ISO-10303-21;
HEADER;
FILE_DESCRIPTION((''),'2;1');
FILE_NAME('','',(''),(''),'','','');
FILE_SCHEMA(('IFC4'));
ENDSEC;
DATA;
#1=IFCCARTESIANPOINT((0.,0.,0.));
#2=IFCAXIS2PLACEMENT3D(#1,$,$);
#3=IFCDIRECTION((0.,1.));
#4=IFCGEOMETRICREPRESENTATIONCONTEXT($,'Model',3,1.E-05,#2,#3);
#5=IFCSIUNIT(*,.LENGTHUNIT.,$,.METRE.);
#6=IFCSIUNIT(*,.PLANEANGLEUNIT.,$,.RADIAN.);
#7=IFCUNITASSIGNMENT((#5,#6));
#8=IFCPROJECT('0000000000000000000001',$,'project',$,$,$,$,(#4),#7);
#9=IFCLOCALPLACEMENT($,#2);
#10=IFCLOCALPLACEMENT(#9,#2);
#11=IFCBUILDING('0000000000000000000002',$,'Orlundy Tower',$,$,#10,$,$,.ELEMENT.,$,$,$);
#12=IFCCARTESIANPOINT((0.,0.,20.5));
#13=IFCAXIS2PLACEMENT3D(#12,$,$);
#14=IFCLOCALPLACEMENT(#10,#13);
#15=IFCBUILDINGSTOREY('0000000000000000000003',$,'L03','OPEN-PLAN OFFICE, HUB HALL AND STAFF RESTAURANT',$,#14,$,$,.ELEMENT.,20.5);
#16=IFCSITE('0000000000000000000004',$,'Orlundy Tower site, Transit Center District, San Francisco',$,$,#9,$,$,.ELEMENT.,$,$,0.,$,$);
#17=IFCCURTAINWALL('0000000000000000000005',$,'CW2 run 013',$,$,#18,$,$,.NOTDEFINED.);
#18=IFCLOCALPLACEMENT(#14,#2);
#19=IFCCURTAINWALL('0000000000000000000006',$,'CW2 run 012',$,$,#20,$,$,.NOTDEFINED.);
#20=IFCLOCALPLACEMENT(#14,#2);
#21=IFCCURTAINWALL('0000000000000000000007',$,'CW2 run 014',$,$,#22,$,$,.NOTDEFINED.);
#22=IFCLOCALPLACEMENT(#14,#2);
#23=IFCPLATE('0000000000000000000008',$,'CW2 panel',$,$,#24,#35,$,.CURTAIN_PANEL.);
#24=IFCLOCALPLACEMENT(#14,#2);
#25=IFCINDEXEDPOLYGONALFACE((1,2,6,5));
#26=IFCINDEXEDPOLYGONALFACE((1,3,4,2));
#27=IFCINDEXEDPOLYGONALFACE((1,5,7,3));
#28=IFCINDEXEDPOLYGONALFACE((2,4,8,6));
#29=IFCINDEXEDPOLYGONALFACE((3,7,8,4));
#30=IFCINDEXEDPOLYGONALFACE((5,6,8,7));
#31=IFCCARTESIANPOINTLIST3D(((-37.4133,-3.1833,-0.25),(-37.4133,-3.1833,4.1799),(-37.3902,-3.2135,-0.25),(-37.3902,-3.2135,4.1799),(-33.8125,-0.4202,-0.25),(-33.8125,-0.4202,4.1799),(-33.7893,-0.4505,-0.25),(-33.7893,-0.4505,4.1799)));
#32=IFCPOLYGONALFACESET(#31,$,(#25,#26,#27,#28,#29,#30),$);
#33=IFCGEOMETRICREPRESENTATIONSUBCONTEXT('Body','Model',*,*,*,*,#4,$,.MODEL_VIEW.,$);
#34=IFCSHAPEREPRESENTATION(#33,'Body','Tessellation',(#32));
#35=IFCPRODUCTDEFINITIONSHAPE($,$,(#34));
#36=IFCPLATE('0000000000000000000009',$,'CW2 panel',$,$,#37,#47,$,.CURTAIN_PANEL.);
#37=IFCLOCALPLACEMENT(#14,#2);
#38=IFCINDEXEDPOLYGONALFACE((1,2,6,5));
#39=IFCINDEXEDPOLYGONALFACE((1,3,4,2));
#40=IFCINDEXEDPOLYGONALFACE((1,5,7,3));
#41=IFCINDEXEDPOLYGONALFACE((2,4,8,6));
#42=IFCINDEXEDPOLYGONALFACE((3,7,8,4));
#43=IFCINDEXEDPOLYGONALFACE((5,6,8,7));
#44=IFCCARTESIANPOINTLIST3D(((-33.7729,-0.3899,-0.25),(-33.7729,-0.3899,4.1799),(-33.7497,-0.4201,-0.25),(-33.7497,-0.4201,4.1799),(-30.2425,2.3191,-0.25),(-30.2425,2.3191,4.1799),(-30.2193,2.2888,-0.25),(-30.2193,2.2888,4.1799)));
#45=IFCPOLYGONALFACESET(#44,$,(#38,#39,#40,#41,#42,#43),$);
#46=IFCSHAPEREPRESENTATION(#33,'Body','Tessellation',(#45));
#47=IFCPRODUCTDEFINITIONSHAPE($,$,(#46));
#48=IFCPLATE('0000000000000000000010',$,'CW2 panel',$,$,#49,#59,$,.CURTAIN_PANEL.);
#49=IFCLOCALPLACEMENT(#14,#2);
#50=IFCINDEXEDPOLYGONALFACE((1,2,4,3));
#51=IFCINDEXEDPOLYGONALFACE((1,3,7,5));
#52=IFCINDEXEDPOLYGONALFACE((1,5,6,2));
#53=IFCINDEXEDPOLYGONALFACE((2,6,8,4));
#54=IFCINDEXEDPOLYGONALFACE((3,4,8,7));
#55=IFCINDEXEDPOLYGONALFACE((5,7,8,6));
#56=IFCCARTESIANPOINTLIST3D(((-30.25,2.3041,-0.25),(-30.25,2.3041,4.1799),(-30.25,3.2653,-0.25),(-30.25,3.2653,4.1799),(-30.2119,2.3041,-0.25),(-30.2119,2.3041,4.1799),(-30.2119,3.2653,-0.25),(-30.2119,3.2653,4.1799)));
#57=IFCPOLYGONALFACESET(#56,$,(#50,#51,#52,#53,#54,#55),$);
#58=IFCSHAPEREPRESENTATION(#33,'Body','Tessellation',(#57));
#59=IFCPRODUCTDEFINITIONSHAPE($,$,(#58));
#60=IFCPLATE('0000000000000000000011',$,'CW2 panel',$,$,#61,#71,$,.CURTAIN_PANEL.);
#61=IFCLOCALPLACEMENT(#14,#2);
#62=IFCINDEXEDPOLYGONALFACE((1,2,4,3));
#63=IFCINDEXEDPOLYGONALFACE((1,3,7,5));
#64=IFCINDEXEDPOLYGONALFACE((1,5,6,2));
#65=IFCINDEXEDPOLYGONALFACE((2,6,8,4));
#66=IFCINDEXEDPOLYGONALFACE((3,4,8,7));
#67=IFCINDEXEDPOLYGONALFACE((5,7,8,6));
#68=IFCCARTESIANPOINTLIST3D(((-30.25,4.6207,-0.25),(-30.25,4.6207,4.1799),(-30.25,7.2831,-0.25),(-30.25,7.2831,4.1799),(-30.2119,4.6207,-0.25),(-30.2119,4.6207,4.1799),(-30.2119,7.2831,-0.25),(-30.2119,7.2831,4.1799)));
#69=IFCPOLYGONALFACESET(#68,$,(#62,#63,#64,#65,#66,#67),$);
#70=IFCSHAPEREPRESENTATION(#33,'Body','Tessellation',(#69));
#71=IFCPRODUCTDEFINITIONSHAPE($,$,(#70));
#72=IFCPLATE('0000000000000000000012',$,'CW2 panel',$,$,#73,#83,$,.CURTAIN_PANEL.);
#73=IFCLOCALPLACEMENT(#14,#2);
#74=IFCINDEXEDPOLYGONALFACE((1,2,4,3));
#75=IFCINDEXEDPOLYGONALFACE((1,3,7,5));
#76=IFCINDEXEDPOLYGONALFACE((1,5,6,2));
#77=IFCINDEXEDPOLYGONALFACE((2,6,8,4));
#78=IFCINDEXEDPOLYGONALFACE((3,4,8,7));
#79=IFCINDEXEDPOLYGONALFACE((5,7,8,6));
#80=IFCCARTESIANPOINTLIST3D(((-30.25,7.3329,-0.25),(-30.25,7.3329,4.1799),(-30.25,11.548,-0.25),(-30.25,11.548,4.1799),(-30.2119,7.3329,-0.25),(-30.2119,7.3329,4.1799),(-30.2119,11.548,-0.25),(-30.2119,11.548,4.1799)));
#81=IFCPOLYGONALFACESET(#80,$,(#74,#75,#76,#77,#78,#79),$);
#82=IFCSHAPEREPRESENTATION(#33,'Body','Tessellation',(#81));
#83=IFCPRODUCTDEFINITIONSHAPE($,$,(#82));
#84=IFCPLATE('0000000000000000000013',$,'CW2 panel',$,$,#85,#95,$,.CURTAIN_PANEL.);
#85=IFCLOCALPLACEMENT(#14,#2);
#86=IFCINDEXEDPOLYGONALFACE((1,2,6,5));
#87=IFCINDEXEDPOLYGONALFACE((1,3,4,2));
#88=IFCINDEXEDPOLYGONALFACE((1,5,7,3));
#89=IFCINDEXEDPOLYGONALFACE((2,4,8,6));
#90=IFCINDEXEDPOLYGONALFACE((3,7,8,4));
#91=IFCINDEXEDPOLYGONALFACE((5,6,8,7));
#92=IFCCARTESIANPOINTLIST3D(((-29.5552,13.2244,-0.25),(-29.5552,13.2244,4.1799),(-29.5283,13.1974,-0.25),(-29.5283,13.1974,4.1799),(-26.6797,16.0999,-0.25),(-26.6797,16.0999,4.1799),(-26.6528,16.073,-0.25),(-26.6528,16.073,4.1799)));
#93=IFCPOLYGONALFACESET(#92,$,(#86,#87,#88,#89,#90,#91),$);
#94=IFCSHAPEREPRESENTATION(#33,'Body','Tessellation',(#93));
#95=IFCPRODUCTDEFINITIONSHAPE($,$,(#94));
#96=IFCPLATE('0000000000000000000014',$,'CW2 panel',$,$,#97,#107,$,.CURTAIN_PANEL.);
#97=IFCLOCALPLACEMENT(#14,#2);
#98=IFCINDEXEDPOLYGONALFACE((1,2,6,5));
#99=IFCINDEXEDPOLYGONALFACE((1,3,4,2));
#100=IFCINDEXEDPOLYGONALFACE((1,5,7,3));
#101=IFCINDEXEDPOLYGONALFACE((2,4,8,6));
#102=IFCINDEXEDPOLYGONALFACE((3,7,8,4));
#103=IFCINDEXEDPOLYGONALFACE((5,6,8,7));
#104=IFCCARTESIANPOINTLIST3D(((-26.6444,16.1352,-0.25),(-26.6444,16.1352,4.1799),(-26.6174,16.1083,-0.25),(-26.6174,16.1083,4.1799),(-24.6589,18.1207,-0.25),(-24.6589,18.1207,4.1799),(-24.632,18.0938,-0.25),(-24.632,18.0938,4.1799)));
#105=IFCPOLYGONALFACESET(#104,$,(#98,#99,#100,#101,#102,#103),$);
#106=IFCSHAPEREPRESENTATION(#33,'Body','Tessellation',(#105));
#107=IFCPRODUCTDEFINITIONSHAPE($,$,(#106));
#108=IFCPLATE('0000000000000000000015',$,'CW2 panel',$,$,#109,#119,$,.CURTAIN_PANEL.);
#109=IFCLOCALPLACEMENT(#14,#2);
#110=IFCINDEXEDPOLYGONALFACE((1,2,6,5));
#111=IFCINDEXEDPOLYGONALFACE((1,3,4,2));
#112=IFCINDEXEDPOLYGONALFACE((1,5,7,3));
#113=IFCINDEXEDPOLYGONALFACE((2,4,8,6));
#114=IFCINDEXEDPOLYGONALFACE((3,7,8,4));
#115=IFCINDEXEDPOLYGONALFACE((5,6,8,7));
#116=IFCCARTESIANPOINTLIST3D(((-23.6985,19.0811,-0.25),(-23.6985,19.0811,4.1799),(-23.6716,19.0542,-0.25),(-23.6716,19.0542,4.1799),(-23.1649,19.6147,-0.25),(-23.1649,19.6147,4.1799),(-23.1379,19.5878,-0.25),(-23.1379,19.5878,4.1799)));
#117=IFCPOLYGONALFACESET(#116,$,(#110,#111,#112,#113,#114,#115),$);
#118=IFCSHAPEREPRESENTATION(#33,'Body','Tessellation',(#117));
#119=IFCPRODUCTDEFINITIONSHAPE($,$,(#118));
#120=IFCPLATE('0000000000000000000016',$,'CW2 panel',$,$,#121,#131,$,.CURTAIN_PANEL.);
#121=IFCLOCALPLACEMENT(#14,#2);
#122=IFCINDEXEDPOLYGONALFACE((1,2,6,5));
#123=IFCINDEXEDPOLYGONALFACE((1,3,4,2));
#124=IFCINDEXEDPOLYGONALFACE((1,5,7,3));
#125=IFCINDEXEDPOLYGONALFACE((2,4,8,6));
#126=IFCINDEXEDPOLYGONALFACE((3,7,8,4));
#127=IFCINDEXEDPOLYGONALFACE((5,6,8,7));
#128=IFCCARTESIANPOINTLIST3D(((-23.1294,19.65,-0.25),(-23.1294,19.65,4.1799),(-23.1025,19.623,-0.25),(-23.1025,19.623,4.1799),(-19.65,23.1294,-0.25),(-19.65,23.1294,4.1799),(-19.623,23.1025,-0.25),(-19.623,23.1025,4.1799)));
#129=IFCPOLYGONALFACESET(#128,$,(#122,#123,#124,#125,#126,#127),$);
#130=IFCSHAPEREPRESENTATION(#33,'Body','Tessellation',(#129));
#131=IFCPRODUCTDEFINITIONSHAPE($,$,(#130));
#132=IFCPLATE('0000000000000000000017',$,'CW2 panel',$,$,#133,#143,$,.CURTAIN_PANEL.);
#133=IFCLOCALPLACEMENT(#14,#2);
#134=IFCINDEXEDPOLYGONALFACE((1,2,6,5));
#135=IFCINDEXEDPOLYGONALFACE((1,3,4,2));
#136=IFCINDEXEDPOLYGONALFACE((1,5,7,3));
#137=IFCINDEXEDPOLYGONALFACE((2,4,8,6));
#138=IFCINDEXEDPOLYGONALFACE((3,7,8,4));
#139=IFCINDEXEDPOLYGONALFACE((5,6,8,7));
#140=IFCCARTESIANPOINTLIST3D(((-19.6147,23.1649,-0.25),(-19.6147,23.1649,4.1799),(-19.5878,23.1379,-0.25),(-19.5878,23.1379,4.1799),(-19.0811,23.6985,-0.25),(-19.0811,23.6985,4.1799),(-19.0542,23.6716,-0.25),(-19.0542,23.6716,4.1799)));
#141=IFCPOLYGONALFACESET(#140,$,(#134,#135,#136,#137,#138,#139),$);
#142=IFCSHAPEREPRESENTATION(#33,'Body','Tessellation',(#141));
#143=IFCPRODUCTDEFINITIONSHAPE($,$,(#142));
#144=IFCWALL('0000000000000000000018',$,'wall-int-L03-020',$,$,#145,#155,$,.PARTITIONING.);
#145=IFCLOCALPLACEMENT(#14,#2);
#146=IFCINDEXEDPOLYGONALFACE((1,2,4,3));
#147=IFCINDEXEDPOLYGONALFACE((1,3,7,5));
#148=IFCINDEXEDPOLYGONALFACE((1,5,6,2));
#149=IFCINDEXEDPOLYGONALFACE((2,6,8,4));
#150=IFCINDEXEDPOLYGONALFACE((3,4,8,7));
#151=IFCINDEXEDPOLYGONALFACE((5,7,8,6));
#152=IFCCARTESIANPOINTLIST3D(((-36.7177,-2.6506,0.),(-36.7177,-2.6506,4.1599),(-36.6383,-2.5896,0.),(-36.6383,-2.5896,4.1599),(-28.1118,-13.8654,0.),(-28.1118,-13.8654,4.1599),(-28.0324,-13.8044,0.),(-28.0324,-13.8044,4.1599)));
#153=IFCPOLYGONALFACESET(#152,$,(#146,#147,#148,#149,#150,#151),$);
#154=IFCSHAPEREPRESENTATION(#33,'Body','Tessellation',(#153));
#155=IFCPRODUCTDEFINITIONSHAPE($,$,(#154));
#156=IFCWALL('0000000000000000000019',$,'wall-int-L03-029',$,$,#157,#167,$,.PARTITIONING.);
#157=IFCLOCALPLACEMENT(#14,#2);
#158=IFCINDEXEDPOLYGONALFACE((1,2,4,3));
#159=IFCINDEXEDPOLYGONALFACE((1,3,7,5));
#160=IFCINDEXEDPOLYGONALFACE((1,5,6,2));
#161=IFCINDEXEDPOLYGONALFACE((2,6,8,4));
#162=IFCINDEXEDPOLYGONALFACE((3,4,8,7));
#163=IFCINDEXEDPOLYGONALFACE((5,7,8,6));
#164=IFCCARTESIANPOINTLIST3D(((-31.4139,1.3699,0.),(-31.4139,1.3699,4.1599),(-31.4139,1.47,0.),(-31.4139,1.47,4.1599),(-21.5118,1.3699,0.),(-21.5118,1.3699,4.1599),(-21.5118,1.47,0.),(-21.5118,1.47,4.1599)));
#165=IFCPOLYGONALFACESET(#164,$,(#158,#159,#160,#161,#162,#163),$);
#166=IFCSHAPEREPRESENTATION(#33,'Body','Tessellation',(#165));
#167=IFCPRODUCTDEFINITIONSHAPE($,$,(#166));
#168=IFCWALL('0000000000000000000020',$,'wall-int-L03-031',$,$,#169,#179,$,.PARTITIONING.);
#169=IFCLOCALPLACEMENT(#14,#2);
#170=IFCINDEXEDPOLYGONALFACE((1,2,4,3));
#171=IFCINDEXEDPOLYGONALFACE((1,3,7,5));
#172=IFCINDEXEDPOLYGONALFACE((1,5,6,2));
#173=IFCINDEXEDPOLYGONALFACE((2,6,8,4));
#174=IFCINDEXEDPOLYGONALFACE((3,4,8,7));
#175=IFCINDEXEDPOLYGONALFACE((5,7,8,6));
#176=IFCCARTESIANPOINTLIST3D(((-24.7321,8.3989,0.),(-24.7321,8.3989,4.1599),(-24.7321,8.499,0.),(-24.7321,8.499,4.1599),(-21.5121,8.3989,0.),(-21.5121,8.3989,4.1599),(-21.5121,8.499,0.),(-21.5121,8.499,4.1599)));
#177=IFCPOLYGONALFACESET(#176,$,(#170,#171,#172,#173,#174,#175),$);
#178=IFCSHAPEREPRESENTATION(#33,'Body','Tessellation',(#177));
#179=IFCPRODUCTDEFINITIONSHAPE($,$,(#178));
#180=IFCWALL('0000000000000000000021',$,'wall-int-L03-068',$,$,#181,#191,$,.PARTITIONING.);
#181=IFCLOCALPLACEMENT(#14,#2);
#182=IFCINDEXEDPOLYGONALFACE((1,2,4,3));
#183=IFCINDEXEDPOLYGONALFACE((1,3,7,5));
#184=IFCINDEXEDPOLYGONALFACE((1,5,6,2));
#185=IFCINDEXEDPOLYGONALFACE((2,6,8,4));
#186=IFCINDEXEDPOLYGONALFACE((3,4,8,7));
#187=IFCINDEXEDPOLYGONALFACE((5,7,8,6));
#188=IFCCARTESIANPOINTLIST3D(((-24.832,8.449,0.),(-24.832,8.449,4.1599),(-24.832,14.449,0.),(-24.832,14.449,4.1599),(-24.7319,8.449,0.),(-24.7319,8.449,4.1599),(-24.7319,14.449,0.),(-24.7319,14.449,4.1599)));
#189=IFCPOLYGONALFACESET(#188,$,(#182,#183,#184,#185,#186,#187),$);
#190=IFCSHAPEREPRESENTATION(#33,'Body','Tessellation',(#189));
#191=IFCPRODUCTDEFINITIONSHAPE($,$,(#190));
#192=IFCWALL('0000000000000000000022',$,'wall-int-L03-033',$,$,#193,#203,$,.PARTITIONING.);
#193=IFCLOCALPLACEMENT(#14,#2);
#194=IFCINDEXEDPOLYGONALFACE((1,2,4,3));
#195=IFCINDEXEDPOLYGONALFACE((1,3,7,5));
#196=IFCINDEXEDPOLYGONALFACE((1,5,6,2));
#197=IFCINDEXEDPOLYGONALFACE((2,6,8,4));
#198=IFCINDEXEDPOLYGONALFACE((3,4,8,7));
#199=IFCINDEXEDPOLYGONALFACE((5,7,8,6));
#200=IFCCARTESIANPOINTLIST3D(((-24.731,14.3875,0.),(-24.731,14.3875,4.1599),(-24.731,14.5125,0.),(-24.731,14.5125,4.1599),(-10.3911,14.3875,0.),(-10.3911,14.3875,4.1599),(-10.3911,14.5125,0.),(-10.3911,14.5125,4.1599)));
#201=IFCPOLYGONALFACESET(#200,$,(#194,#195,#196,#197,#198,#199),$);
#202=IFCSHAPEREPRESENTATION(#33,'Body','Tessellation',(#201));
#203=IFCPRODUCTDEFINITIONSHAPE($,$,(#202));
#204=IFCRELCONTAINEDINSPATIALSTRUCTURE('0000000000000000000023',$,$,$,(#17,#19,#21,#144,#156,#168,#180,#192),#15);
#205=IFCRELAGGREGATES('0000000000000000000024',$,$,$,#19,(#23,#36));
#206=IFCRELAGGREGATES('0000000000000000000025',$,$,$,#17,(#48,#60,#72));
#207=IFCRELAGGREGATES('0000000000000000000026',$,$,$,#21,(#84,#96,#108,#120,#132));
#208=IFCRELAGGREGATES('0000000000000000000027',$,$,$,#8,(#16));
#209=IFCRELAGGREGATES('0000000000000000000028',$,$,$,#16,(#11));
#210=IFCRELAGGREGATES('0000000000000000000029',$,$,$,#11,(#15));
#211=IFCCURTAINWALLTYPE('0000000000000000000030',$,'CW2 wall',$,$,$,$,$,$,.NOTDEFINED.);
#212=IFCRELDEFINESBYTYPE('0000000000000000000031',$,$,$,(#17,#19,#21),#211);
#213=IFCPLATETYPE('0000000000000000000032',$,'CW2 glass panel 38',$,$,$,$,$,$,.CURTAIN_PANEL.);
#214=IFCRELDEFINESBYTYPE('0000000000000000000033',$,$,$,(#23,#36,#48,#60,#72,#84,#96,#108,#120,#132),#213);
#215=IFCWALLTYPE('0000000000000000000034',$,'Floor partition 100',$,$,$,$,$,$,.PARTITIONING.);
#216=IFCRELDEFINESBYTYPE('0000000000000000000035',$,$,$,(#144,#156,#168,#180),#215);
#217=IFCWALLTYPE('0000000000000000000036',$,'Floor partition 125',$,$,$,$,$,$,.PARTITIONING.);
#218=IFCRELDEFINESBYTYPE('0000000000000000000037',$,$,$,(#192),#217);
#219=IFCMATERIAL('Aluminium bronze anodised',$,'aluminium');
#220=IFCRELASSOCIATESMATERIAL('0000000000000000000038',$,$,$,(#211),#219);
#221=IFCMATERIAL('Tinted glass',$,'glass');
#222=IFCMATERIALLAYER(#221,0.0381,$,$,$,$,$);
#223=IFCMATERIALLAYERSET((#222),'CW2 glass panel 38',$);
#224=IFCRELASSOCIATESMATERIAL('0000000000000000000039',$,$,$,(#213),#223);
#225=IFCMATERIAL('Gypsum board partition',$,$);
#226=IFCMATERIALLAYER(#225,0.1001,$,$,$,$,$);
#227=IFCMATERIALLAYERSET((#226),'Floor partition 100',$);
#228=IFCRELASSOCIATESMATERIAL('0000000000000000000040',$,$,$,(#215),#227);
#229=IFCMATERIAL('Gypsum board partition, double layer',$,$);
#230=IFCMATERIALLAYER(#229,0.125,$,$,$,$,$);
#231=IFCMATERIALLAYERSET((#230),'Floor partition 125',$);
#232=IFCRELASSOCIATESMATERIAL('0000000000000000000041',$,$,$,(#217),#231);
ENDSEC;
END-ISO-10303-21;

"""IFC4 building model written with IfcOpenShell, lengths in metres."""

from ifc_helpers import new_model, si_unit, direction, frame, frame_2d, origin, origin_2d, place, context, subcontext, project, spatial, rectangle, extrude, material, layer, layer_set, type_object, element, aggregate, save


model = new_model("IFC4")

# Units and contexts
model_context = context("Model", 3, precision=1e-05, world=origin(), true_north=direction((0.0, 1.0)))
body_context = subcontext(model_context, "Body", "Model", "MODEL_VIEW")
ifc_project = project(units=[si_unit("LENGTHUNIT", "METRE"), si_unit("PLANEANGLEUNIT", "RADIAN")], contexts=[model_context])

# Site, building, storey
site_placement = place(None, origin())
site = spatial("IfcSite", under=ifc_project, at=site_placement, Name="Orlundy Tower site, Transit Center District, San Francisco", CompositionType="ELEMENT", RefElevation=0.0)
building_placement = place(site_placement, origin())
building = spatial("IfcBuilding", under=site, at=building_placement, Name="Orlundy Tower", CompositionType="ELEMENT")
storey_placement = place(building_placement, frame((0.0, 0.0, 20.5)))
storey = spatial("IfcBuildingStorey", under=building, at=storey_placement, Name="L03", Description="OPEN-PLAN OFFICE, HUB HALL AND STAFF RESTAURANT", CompositionType="ELEMENT", Elevation=20.5)

# Curtain wall
ifc_material_1 = material(Name="Aluminium bronze anodised", Category="aluminium")
curtain_wall_type = type_object("IfcCurtainWallType", Name="CW2 wall", PredefinedType="NOTDEFINED", material=ifc_material_1)
curtain_wall_1_placement = place(storey_placement, origin())
curtain_wall_1 = element("IfcCurtainWall", 1, at=curtain_wall_1_placement, inside=storey, type_object=curtain_wall_type, Name="CW2 run 013", PredefinedType="NOTDEFINED")

# Curtain wall
curtain_wall_2_placement = place(storey_placement, origin())
curtain_wall_2 = element("IfcCurtainWall", 2, at=curtain_wall_2_placement, inside=storey, type_object=curtain_wall_type, Name="CW2 run 012", PredefinedType="NOTDEFINED")

# Curtain wall
curtain_wall_3_placement = place(storey_placement, origin())
curtain_wall_3 = element("IfcCurtainWall", 3, at=curtain_wall_3_placement, inside=storey, type_object=curtain_wall_type, Name="CW2 run 014", PredefinedType="NOTDEFINED")

# Plates
ifc_material_2 = material(Name="Tinted glass", Category="glass")
ifc_layer_1 = layer(ifc_material_2, 0.0381)
ifc_layer_set_1 = layer_set([ifc_layer_1], Name="CW2 glass panel 38")
plate_type = type_object("IfcPlateType", Name="CW2 glass panel 38", PredefinedType="CURTAIN_PANEL", material=ifc_layer_set_1)
plate_1_placement = place(storey_placement, frame((-35.6013, -1.8169, -0.25), z_axis=(0.0, 0.0, 1.0), x_axis=(0.793348, 0.608768, 0.0)))
plate_1 = element("IfcPlate", 4, at=plate_1_placement, type_object=plate_type, Name="CW2 panel", PredefinedType="CURTAIN_PANEL", context=body_context, shape_type="SweptSolid", body=[
    extrude(rectangle(XDim=4.5388, YDim=0.0381, at=origin_2d()), origin(), (0.0, 0.0, 1.0), 4.4299),
])
plate_2_placement = place(storey_placement, frame((-31.9961, 0.9495, -0.25), z_axis=(0.0, 0.0, 1.0), x_axis=(0.793348, 0.608768, 0.0)))
plate_2 = element("IfcPlate", 5, at=plate_2_placement, type_object=plate_type, Name="CW2 panel", PredefinedType="CURTAIN_PANEL", context=body_context, shape_type="SweptSolid", body=[
    extrude(rectangle(XDim=4.45, YDim=0.0381, at=origin_2d()), origin(), (0.0, 0.0, 1.0), 4.4299),
])
aggregate(curtain_wall_2, [plate_1, plate_2])
plate_3_placement = place(storey_placement, frame((-30.231, 2.7847, -0.25), z_axis=(0.0, 0.0, 1.0), x_axis=(0.0, 1.0, 0.0)))
plate_3 = element("IfcPlate", 6, at=plate_3_placement, type_object=plate_type, Name="CW2 panel", PredefinedType="CURTAIN_PANEL", context=body_context, shape_type="SweptSolid", body=[
    extrude(rectangle(XDim=0.9612, YDim=0.0381, at=origin_2d()), origin(), (0.0, 0.0, 1.0), 4.4299),
])
plate_4_placement = place(storey_placement, frame((-30.231, 5.9519, -0.25), z_axis=(0.0, 0.0, 1.0), x_axis=(0.0, 1.0, 0.0)))
plate_4 = element("IfcPlate", 7, at=plate_4_placement, type_object=plate_type, Name="CW2 panel", PredefinedType="CURTAIN_PANEL", context=body_context, shape_type="SweptSolid", body=[
    extrude(rectangle(XDim=2.6624, YDim=0.0381, at=origin_2d()), origin(), (0.0, 0.0, 1.0), 4.4299),
])
plate_5_placement = place(storey_placement, frame((-30.231, 9.4404, -0.25), z_axis=(0.0, 0.0, 1.0), x_axis=(0.0, 1.0, 0.0)))
plate_5 = element("IfcPlate", 8, at=plate_5_placement, type_object=plate_type, Name="CW2 panel", PredefinedType="CURTAIN_PANEL", context=body_context, shape_type="SweptSolid", body=[
    extrude(rectangle(XDim=4.2151, YDim=0.0381, at=origin_2d()), origin(), (0.0, 0.0, 1.0), 4.4299),
])
aggregate(curtain_wall_1, [plate_3, plate_4, plate_5])
plate_6_placement = place(storey_placement, frame((-28.104, 14.6487, -0.25), z_axis=(0.0, 0.0, 1.0), x_axis=(0.707107, 0.707107, 0.0)))
plate_6 = element("IfcPlate", 9, at=plate_6_placement, type_object=plate_type, Name="CW2 panel", PredefinedType="CURTAIN_PANEL", context=body_context, shape_type="SweptSolid", body=[
    extrude(rectangle(XDim=4.0667, YDim=0.0381, at=origin_2d()), origin(), (0.0, 0.0, 1.0), 4.4299),
])
plate_7_placement = place(storey_placement, frame((-25.6382, 17.1145, -0.25), z_axis=(0.0, 0.0, 1.0), x_axis=(0.707107, 0.707107, 0.0)))
plate_7 = element("IfcPlate", 10, at=plate_7_placement, type_object=plate_type, Name="CW2 panel", PredefinedType="CURTAIN_PANEL", context=body_context, shape_type="SweptSolid", body=[
    extrude(rectangle(XDim=2.8079, YDim=0.0381, at=origin_2d()), origin(), (0.0, 0.0, 1.0), 4.4299),
])
plate_8_placement = place(storey_placement, frame((-23.4182, 19.3345, -0.25), z_axis=(0.0, 0.0, 1.0), x_axis=(0.707107, 0.707107, 0.0)))
plate_8 = element("IfcPlate", 11, at=plate_8_placement, type_object=plate_type, Name="CW2 panel", PredefinedType="CURTAIN_PANEL", context=body_context, shape_type="SweptSolid", body=[
    extrude(rectangle(XDim=0.7546, YDim=0.0381, at=origin_2d()), origin(), (0.0, 0.0, 1.0), 4.4299),
])
plate_9_placement = place(storey_placement, frame((-21.3762, 21.3762, -0.25), z_axis=(0.0, 0.0, 1.0), x_axis=(0.707107, 0.707107, 0.0)))
plate_9 = element("IfcPlate", 12, at=plate_9_placement, type_object=plate_type, Name="CW2 panel", PredefinedType="CURTAIN_PANEL", context=body_context, shape_type="SweptSolid", body=[
    extrude(rectangle(XDim=4.9207, YDim=0.0381, at=origin_2d()), origin(), (0.0, 0.0, 1.0), 4.4299),
])
plate_10_placement = place(storey_placement, frame((-19.3345, 23.4182, -0.25), z_axis=(0.0, 0.0, 1.0), x_axis=(0.707107, 0.707107, 0.0)))
plate_10 = element("IfcPlate", 13, at=plate_10_placement, type_object=plate_type, Name="CW2 panel", PredefinedType="CURTAIN_PANEL", context=body_context, shape_type="SweptSolid", body=[
    extrude(rectangle(XDim=0.7546, YDim=0.0381, at=origin_2d()), origin(), (0.0, 0.0, 1.0), 4.4299),
])
aggregate(curtain_wall_3, [plate_6, plate_7, plate_8, plate_9, plate_10])

# Walls
ifc_material_3 = material(Name="Gypsum board partition")
ifc_layer_2 = layer(ifc_material_3, 0.1001)
ifc_layer_set_2 = layer_set([ifc_layer_2], Name="Floor partition 100")
wall_type_1 = type_object("IfcWallType", Name="Floor partition 100", PredefinedType="PARTITIONING", material=ifc_layer_set_2)
wall_1_placement = place(storey_placement, frame((-36.678, -2.6201, 0.0), z_axis=(0.0, 0.0, 1.0), x_axis=(0.608784, -0.793336, 0.0)))
element("IfcWall", 14, at=wall_1_placement, inside=storey, type_object=wall_type_1, Name="wall-int-L03-020", PredefinedType="PARTITIONING", context=body_context, shape_type="SweptSolid", body=[
    extrude(rectangle(XDim=14.1362, YDim=0.1001, at=frame_2d((7.0681, 0.0))), origin(), (0.0, 0.0, 1.0), 4.1599),
])
wall_2_placement = place(storey_placement, frame((-31.4141, 1.4199, 0.0), z_axis=(0.0, 0.0, 1.0), x_axis=(1.0, 0.0, 0.0)))
element("IfcWall", 15, at=wall_2_placement, inside=storey, type_object=wall_type_1, Name="wall-int-L03-029", PredefinedType="PARTITIONING", context=body_context, shape_type="SweptSolid", body=[
    extrude(rectangle(XDim=9.9021, YDim=0.1001, at=frame_2d((4.9512, 0.0))), origin(), (0.0, 0.0, 1.0), 4.1599),
])
wall_3_placement = place(storey_placement, frame((-24.7319, 8.449, 0.0), z_axis=(0.0, 0.0, 1.0), x_axis=(1.0, 0.0, 0.0)))
element("IfcWall", 16, at=wall_3_placement, inside=storey, type_object=wall_type_1, Name="wall-int-L03-031", PredefinedType="PARTITIONING", context=body_context, shape_type="SweptSolid", body=[
    extrude(rectangle(XDim=3.22, YDim=0.1001, at=frame_2d((1.6099, 0.0))), origin(), (0.0, 0.0, 1.0), 4.1599),
])
wall_4_placement = place(storey_placement, frame((-24.782, 8.449, 0.0), z_axis=(0.0, 0.0, 1.0), x_axis=(0.0, 1.0, 0.0)))
element("IfcWall", 17, at=wall_4_placement, inside=storey, type_object=wall_type_1, Name="wall-int-L03-068", PredefinedType="PARTITIONING", context=body_context, shape_type="SweptSolid", body=[
    extrude(rectangle(XDim=6.0, YDim=0.1001, at=frame_2d((3.0, 0.0))), origin(), (0.0, 0.0, 1.0), 4.1599),
])
ifc_material_4 = material(Name="Gypsum board partition, double layer")
ifc_layer_3 = layer(ifc_material_4, 0.125)
ifc_layer_set_3 = layer_set([ifc_layer_3], Name="Floor partition 125")
wall_type_2 = type_object("IfcWallType", Name="Floor partition 125", PredefinedType="PARTITIONING", material=ifc_layer_set_3)
wall_5_placement = place(storey_placement, frame((-24.731, 14.45, 0.0), z_axis=(0.0, 0.0, 1.0), x_axis=(1.0, 0.0, 0.0)))
element("IfcWall", 18, at=wall_5_placement, inside=storey, type_object=wall_type_2, Name="wall-int-L03-033", PredefinedType="PARTITIONING", context=body_context, shape_type="SweptSolid", body=[
    extrude(rectangle(XDim=14.3398, YDim=0.125, at=frame_2d((7.1699, 0.0))), origin(), (0.0, 0.0, 1.0), 4.1599),
])

save(model, "model.ifc")
